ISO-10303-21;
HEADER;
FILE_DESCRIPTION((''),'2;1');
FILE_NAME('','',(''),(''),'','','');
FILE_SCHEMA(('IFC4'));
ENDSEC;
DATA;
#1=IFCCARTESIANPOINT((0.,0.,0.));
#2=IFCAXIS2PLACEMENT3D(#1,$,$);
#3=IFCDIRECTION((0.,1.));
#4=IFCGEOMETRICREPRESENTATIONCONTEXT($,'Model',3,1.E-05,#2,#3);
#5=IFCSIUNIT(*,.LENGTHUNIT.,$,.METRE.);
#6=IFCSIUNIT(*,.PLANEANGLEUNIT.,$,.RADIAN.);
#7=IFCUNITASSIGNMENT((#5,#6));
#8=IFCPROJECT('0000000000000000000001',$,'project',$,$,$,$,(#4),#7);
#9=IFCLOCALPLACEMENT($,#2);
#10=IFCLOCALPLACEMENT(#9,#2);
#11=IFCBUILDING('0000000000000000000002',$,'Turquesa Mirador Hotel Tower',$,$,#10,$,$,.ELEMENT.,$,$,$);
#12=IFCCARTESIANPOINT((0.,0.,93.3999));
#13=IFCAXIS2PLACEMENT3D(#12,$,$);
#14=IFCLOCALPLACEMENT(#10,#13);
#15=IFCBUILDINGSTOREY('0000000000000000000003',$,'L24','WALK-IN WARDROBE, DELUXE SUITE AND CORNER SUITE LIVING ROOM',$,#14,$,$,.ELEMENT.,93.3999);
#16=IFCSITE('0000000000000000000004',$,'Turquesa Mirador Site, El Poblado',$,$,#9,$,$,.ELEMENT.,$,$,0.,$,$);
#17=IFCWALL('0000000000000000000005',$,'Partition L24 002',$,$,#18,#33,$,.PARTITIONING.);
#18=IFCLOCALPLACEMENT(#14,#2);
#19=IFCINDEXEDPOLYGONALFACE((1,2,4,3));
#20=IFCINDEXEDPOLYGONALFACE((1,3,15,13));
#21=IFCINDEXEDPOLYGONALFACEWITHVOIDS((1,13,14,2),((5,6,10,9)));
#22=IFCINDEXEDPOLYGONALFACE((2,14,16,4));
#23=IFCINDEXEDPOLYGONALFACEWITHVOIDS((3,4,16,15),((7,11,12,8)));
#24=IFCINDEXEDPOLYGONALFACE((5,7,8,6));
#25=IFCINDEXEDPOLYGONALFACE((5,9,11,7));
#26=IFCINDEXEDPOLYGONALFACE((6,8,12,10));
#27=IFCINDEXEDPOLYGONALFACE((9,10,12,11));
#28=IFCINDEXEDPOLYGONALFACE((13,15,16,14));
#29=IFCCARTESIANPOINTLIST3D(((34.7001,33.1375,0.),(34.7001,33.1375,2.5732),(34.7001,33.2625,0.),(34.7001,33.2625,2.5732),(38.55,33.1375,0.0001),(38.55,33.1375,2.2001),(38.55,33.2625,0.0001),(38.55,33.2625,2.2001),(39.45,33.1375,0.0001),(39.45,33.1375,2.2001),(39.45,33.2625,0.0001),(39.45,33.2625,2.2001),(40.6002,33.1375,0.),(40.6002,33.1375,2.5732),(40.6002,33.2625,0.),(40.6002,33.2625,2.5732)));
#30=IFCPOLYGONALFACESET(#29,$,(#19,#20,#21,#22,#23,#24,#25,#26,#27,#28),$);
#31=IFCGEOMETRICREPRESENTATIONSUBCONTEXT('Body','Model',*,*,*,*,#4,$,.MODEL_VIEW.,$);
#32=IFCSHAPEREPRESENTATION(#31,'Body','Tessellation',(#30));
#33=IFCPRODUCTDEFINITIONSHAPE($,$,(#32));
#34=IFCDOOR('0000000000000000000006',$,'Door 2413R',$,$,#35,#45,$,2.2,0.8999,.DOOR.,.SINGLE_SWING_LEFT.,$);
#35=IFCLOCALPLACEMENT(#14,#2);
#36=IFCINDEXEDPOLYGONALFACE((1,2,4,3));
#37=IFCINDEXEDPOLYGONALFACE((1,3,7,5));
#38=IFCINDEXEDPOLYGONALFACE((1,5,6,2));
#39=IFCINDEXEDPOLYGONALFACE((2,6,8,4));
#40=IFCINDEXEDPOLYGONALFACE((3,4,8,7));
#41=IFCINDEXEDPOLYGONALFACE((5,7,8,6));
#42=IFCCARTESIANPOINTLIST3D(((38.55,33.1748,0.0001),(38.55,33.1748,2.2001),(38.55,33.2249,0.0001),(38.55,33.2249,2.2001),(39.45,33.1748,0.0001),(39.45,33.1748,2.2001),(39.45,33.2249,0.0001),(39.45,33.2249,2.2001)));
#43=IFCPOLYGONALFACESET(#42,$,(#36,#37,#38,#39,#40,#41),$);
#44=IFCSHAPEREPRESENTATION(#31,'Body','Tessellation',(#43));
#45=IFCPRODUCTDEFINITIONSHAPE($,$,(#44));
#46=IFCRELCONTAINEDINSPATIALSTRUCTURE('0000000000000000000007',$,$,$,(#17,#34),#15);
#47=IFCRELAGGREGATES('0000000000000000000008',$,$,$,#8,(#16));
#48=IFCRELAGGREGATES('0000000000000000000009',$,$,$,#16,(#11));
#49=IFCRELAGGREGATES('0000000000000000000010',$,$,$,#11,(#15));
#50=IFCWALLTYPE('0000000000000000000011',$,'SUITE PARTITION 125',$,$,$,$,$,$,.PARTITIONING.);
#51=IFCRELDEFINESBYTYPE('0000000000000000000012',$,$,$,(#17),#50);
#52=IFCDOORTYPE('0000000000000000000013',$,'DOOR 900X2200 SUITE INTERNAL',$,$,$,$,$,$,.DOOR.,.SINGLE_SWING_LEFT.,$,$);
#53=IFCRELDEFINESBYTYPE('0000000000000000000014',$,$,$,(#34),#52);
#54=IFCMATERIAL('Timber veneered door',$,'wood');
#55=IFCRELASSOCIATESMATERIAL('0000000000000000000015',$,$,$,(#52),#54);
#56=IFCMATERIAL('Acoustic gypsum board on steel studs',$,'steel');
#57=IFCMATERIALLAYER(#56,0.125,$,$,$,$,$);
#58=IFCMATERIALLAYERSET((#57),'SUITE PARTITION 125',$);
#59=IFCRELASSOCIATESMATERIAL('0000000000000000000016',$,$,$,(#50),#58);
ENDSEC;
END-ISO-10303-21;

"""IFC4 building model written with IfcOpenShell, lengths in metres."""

from ifc_helpers import new_model, si_unit, direction, frame, frame_2d, origin, place, context, subcontext, project, spatial, rectangle, extrude, material, layer, layer_set, type_object, element, fill, save


model = new_model("IFC4")

# Units and contexts
model_context = context("Model", 3, precision=1e-05, world=origin(), true_north=direction((0.0, 1.0)))
body_context = subcontext(model_context, "Body", "Model", "MODEL_VIEW")
ifc_project = project(units=[si_unit("LENGTHUNIT", "METRE"), si_unit("PLANEANGLEUNIT", "RADIAN")], contexts=[model_context])

# Site, building, storey
site_placement = place(None, origin())
site = spatial("IfcSite", under=ifc_project, at=site_placement, Name="Turquesa Mirador Site, El Poblado", CompositionType="ELEMENT", RefElevation=0.0)
building_placement = place(site_placement, origin())
building = spatial("IfcBuilding", under=site, at=building_placement, Name="Turquesa Mirador Hotel Tower", CompositionType="ELEMENT")
storey_placement = place(building_placement, frame((0.0, 0.0, 93.3999)))
storey = spatial("IfcBuildingStorey", under=building, at=storey_placement, Name="L24", Description="WALK-IN WARDROBE, DELUXE SUITE AND CORNER SUITE LIVING ROOM", CompositionType="ELEMENT", Elevation=93.3999)

# Shared definitions
ifc_material_1 = material(Name="Timber veneered door", Category="wood")
door_type_1 = type_object("IfcDoorType", Name="DOOR 900X2200 SUITE INTERNAL", OperationType="SINGLE_SWING_LEFT", PredefinedType="DOOR", material=ifc_material_1)

# Wall, opening, door
ifc_material_2 = material(Name="Acoustic gypsum board on steel studs", Category="steel")
ifc_layer_1 = layer(ifc_material_2, 0.125)
ifc_layer_set_1 = layer_set([ifc_layer_1], Name="SUITE PARTITION 125")
wall_type_1 = type_object("IfcWallType", Name="SUITE PARTITION 125", PredefinedType="PARTITIONING", material=ifc_layer_set_1)
wall_1_placement = place(storey_placement, frame((34.7, 33.2, 0.0), z_axis=(0.0, 0.0, 1.0), x_axis=(1.0, 0.0, 0.0)))
wall_1 = element("IfcWall", 1, at=wall_1_placement, inside=storey, type_object=wall_type_1, Name="Partition L24 002", PredefinedType="PARTITIONING", context=body_context, shape_type="SweptSolid", body=[
    extrude(rectangle(XDim=5.9001, YDim=0.125, at=frame_2d((2.9502, 0.0))), origin(), (0.0, 0.0, 1.0), 2.5732),
])
opening_1_placement = place(wall_1_placement, frame((3.8501, 0.0, 0.0)))
opening_1 = element("IfcOpeningElement", 2, at=opening_1_placement, cuts=wall_1, PredefinedType="OPENING", context=body_context, shape_type="SweptSolid", body=[
    extrude(rectangle(XDim=0.8999, YDim=2.2, at=frame_2d((0.45, 1.1001))), frame((0.0, 0.0725, 0.0), z_axis=(0.0, -1.0, 0.0), x_axis=(1.0, 0.0, 0.0)), (0.0, 0.0, 1.0), 0.145),
])
door_1_placement = place(opening_1_placement, origin())
door_1 = element("IfcDoor", 3, at=door_1_placement, inside=storey, type_object=door_type_1, Name="Door 2413R", OperationType="SINGLE_SWING_LEFT", OverallHeight=2.2, OverallWidth=0.8999, PredefinedType="DOOR", context=body_context, shape_type="SweptSolid", body=[
    extrude(rectangle(XDim=0.8999, YDim=2.2, at=frame_2d((0.45, 1.1001))), frame((0.0, 0.0249, 0.0), z_axis=(0.0, -1.0, 0.0), x_axis=(1.0, 0.0, 0.0)), (0.0, 0.0, 1.0), 0.05),
])
fill(opening_1, door_1)

save(model, "model.ifc")
